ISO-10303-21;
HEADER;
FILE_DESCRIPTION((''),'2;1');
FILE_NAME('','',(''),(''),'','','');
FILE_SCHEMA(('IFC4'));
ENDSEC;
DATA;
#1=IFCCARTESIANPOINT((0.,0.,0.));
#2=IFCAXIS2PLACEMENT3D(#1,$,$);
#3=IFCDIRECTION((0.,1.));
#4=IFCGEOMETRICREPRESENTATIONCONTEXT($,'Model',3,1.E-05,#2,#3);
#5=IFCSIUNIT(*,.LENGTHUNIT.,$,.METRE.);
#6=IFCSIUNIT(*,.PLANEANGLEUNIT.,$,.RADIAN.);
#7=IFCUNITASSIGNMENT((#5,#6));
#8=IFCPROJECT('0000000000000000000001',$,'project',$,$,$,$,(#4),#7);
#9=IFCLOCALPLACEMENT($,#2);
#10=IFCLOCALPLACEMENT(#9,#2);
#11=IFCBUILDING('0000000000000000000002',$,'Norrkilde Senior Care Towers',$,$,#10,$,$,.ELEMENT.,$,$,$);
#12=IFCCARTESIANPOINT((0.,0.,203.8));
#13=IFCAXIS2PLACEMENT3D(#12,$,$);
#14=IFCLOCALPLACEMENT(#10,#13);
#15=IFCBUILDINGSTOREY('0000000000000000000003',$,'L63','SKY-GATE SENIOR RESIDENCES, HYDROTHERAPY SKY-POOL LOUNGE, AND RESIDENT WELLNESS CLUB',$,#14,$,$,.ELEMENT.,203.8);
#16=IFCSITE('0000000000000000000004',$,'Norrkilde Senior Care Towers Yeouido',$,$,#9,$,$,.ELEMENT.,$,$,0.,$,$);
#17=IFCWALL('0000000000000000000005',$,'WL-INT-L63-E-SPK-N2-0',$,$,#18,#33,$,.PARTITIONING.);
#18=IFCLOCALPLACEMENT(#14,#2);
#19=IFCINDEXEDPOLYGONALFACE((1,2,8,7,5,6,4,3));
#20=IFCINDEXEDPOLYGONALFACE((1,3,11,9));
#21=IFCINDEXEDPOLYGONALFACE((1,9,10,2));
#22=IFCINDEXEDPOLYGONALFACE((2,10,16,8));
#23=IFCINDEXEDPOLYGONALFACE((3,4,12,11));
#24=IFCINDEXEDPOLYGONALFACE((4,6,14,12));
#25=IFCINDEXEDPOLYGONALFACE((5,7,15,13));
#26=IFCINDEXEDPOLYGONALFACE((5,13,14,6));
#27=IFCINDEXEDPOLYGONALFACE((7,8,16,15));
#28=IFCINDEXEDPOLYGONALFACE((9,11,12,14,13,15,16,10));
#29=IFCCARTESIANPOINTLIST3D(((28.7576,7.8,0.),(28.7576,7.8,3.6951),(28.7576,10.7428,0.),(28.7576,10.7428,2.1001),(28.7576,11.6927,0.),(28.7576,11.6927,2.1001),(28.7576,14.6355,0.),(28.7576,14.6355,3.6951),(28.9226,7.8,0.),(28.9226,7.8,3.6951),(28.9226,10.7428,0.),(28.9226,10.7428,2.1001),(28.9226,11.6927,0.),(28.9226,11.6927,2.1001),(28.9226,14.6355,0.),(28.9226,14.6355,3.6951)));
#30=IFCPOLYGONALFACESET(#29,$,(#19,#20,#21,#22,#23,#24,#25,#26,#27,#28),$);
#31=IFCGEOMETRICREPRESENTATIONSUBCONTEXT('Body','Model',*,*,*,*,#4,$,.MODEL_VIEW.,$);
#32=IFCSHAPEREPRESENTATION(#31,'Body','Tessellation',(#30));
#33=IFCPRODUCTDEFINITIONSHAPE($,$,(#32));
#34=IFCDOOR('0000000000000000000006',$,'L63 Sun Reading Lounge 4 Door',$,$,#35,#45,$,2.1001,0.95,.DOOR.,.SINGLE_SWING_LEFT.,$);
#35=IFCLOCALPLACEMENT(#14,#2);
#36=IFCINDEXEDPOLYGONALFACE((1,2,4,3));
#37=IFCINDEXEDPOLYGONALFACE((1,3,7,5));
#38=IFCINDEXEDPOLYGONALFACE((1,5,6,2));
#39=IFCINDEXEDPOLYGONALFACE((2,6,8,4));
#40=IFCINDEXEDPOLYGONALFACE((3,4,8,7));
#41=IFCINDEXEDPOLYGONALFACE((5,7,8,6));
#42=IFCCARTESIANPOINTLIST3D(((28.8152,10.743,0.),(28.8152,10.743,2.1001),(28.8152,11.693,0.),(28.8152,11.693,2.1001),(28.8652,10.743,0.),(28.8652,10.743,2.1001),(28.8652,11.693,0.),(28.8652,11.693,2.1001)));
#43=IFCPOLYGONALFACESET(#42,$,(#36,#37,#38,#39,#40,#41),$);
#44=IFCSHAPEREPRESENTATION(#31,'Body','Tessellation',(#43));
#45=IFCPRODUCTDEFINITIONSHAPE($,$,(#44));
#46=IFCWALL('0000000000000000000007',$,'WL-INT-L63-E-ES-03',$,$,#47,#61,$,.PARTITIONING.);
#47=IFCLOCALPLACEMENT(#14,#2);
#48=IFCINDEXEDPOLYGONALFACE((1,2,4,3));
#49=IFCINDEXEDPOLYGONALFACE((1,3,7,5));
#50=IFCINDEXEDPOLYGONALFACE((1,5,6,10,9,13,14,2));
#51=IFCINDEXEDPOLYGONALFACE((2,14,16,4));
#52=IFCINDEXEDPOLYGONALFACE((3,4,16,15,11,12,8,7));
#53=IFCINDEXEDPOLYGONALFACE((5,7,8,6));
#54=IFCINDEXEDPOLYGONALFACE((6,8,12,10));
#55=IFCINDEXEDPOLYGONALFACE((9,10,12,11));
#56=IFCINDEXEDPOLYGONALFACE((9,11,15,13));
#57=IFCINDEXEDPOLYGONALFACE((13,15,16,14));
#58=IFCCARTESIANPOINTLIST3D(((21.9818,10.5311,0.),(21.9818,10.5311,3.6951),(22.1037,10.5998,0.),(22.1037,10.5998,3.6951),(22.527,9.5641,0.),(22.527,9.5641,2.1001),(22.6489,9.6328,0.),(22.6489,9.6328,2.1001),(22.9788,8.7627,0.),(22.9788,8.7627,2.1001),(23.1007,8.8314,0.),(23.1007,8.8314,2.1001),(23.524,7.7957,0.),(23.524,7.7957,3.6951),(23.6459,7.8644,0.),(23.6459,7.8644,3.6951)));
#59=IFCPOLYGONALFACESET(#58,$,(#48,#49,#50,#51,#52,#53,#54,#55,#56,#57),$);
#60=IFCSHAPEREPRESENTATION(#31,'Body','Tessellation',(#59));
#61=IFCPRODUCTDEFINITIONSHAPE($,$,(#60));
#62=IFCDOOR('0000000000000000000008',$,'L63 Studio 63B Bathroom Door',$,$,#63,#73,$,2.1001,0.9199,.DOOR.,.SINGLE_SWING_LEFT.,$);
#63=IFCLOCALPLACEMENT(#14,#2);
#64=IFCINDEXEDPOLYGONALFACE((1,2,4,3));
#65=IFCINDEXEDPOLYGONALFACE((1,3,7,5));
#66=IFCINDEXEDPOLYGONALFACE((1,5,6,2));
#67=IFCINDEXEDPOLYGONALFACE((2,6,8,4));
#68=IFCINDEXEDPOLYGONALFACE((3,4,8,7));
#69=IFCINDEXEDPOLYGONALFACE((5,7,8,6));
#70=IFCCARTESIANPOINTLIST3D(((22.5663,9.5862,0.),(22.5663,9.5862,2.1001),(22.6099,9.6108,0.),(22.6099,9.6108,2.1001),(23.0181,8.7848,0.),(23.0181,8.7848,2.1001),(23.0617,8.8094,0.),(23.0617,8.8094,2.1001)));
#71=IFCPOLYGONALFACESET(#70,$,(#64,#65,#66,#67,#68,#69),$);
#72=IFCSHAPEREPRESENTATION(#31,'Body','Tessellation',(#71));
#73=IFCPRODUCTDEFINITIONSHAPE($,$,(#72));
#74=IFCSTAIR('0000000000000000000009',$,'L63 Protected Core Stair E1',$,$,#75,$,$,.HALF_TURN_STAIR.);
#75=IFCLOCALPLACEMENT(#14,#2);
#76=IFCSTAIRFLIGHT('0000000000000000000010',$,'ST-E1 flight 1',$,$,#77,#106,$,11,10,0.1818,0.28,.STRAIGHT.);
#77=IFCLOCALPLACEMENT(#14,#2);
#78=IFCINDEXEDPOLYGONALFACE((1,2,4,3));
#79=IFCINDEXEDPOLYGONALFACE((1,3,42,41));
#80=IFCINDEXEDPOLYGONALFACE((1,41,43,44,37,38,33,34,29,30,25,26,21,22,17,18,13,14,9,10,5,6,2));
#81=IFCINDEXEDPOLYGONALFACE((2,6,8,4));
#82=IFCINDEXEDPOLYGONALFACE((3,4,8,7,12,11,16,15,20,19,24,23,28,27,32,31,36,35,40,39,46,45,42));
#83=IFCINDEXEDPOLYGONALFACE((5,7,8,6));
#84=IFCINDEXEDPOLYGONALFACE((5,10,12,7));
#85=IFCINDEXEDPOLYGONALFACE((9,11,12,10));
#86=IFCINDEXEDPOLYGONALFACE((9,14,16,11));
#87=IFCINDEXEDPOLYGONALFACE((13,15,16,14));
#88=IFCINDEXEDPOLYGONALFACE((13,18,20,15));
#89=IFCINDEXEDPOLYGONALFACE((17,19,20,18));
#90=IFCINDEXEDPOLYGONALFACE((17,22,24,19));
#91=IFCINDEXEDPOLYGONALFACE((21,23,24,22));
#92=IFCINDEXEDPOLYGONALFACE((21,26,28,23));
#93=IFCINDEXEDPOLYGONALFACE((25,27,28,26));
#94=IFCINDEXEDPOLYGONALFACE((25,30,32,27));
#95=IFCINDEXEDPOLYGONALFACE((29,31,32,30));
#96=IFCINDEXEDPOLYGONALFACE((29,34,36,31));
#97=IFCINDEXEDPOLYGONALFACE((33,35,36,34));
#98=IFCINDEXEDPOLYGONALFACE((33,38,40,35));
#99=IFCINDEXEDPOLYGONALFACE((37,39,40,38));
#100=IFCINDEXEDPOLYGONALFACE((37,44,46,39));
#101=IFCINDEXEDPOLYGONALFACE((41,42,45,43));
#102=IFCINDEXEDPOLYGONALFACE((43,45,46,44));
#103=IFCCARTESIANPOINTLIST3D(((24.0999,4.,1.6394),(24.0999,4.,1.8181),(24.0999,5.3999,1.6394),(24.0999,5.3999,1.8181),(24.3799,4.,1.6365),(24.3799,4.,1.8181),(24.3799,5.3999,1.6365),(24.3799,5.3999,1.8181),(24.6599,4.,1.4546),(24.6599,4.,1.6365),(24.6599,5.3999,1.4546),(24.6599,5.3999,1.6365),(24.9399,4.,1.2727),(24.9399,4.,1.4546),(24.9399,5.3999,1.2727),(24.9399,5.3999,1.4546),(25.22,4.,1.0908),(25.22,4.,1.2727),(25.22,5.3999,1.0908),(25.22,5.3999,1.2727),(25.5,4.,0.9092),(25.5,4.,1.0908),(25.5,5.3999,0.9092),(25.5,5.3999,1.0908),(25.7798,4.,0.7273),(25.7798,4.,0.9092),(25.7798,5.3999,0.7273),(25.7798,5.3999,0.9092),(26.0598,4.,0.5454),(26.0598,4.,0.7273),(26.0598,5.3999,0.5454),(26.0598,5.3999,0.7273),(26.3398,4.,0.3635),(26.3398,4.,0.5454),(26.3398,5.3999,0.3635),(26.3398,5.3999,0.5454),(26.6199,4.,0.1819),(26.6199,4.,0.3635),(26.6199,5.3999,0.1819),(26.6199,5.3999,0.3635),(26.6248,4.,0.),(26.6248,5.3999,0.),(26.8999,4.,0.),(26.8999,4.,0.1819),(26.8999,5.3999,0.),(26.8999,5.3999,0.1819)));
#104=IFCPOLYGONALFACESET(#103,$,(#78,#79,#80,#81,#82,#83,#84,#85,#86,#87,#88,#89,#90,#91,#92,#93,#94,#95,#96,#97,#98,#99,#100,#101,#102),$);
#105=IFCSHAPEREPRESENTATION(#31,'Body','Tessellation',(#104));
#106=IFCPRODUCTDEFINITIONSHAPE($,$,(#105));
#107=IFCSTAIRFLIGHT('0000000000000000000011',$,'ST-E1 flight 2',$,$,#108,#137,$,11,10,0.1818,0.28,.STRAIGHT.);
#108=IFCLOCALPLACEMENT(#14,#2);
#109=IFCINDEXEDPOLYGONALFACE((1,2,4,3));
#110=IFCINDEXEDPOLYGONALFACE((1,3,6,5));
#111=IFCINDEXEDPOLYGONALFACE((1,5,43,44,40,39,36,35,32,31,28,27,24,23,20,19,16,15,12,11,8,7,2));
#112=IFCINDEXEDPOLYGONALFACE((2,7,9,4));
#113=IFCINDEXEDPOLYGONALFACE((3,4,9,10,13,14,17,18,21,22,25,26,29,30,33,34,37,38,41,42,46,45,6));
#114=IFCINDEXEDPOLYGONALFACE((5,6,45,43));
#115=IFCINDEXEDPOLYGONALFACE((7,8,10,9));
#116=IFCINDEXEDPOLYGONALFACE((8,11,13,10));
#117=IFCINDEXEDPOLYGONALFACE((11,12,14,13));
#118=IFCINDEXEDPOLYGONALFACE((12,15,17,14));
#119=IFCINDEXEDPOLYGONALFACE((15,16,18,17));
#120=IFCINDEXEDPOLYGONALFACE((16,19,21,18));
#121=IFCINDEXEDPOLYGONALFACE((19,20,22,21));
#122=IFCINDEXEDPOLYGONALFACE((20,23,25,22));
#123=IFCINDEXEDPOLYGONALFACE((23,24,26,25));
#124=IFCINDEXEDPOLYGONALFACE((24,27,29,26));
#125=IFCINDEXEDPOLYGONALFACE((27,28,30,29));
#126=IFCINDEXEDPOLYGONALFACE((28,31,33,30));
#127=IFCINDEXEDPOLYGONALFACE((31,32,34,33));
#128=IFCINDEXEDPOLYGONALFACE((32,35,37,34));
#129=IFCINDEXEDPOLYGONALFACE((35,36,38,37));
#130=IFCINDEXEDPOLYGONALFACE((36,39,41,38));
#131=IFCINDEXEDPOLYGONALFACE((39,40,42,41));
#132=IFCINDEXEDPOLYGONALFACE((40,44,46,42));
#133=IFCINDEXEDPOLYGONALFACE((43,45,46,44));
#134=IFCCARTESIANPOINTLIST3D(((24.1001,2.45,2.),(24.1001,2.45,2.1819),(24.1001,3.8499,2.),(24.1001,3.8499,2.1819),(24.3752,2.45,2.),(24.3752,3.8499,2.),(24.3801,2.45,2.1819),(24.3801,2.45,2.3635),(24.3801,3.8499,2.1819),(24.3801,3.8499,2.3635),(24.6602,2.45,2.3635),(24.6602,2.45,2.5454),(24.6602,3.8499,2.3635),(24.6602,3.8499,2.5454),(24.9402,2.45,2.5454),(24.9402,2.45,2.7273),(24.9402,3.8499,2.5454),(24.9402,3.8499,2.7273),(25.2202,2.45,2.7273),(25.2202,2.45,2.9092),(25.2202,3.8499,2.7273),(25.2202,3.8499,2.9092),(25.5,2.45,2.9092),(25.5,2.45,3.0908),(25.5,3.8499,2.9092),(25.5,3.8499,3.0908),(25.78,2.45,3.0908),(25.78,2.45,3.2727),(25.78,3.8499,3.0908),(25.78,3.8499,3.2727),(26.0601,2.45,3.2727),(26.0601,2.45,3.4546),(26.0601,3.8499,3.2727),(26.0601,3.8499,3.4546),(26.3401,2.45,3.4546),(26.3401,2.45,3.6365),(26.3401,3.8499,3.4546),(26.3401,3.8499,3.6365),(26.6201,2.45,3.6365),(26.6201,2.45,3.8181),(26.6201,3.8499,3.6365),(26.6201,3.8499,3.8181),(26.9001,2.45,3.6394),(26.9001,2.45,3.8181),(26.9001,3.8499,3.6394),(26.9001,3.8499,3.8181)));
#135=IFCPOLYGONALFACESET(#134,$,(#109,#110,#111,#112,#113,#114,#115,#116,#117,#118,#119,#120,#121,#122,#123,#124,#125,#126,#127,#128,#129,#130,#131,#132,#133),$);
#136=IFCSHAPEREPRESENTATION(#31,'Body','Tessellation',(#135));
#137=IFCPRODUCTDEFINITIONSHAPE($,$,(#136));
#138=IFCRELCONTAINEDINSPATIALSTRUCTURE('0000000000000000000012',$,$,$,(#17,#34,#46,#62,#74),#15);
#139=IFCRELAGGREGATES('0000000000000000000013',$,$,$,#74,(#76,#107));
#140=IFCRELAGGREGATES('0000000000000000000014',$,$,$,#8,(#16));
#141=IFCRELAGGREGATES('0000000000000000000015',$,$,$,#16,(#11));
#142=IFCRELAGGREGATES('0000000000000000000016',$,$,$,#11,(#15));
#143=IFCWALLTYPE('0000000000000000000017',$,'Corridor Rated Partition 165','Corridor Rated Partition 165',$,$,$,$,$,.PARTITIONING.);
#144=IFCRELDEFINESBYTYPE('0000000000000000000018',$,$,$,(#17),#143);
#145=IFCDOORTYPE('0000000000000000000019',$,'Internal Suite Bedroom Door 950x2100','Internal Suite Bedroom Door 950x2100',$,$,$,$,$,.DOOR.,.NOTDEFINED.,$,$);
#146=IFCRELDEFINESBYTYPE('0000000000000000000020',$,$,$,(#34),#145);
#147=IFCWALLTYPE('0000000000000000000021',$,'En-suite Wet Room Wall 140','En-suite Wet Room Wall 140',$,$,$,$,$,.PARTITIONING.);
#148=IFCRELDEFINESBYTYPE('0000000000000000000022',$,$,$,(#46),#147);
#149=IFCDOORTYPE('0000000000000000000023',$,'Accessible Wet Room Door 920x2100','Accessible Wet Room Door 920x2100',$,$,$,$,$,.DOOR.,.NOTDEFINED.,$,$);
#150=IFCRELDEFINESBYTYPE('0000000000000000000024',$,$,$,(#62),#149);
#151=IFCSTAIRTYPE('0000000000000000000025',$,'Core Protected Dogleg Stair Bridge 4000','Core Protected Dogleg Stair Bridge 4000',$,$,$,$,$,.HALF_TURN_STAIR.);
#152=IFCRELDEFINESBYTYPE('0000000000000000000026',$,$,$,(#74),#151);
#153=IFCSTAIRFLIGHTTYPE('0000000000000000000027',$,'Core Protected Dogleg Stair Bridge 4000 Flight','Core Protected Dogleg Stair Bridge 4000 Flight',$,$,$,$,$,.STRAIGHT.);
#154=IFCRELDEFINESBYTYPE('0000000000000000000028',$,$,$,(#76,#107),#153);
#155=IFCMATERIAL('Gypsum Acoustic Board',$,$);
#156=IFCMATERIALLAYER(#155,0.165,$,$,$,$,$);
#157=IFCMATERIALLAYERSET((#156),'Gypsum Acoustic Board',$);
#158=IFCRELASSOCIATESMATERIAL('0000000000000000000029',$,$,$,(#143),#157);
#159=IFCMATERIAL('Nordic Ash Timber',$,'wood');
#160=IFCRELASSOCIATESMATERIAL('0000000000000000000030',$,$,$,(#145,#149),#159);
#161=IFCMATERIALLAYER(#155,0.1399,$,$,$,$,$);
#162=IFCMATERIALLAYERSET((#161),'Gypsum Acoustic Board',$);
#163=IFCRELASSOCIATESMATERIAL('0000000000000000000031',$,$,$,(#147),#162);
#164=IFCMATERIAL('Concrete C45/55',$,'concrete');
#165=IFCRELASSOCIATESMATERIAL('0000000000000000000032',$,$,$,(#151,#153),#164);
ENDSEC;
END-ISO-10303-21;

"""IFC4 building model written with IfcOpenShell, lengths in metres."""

from ifc_helpers import new_model, si_unit, direction, frame, frame_2d, origin, place, context, subcontext, project, spatial, polyline, rectangle, outline, extrude, source, transform, mapped, material, layer, layer_set, type_object, type_shapes, element, fill, aggregate, save


model = new_model("IFC4")

# Units and contexts
model_context = context("Model", 3, precision=1e-05, world=origin(), true_north=direction((0.0, 1.0)))
body_context = subcontext(model_context, "Body", "Model", "MODEL_VIEW")
ifc_project = project(units=[si_unit("LENGTHUNIT", "METRE"), si_unit("PLANEANGLEUNIT", "RADIAN")], contexts=[model_context])

# Site, building, storey
site_placement = place(None, origin())
site = spatial("IfcSite", under=ifc_project, at=site_placement, Name="Norrkilde Senior Care Towers Yeouido", CompositionType="ELEMENT", RefElevation=0.0)
building_placement = place(site_placement, origin())
building = spatial("IfcBuilding", under=site, at=building_placement, Name="Norrkilde Senior Care Towers", CompositionType="ELEMENT")
storey_placement = place(building_placement, frame((0.0, 0.0, 203.8)))
storey = spatial("IfcBuildingStorey", under=building, at=storey_placement, Name="L63", Description="SKY-GATE SENIOR RESIDENCES, HYDROTHERAPY SKY-POOL LOUNGE, AND RESIDENT WELLNESS CLUB", CompositionType="ELEMENT", Elevation=203.8)

# Shared definitions
ifc_material_1 = material(Name="Concrete C45/55", Category="concrete")

# Shared definitions
ifc_material_2 = material(Name="Gypsum Acoustic Board")
ifc_layer_1 = layer(ifc_material_2, 0.165)
ifc_layer_set_1 = layer_set([ifc_layer_1], Name="Gypsum Acoustic Board")
wall_type_1 = type_object("IfcWallType", Name="Corridor Rated Partition 165", Description="Corridor Rated Partition 165", PredefinedType="PARTITIONING", material=ifc_layer_set_1)
ifc_material_3 = material(Name="Nordic Ash Timber", Category="wood")

# Walls, openings, doors
shared_shape_1 = source(origin(), body_context, "Body", "SweptSolid", [
    extrude(rectangle(XDim=6.8354, YDim=0.165, at=frame_2d((3.4177, 0.0))), origin(), (0.0, 0.0, 1.0), 3.6951),
])
door_type_1 = type_object("IfcDoorType", Name="Internal Suite Bedroom Door 950x2100", Description="Internal Suite Bedroom Door 950x2100", OperationType="NOTDEFINED", PredefinedType="DOOR", material=ifc_material_3)
shared_shape_2 = source(origin(), body_context, "Body", "SweptSolid", [
    extrude(rectangle(XDim=0.95, YDim=2.1001, at=frame_2d((0.4751, 1.05))), frame((0.0, 0.0249, 0.0), z_axis=(0.0, -1.0, 0.0), x_axis=(1.0, 0.0, 0.0)), (0.0, 0.0, 1.0), 0.05),
])
type_shapes(door_type_1, [shared_shape_2])
wall_1_placement = place(storey_placement, frame((28.8401, 14.6355, 0.0), z_axis=(0.0, 0.0, 1.0), x_axis=(0.0, -1.0, 0.0)))
wall_1 = element("IfcWall", 1, at=wall_1_placement, inside=storey, type_object=wall_type_1, Name="WL-INT-L63-E-SPK-N2-0", PredefinedType="PARTITIONING", context=body_context, shape_type="MappedRepresentation", body=[
    mapped(shared_shape_1, transform((0.0, 0.0, 0.0), x_axis=(1.0, 0.0, 0.0), y_axis=(0.0, 1.0, 0.0), z_axis=(0.0, 0.0, 1.0), scale=1.0)),
])
opening_1_placement = place(wall_1_placement, frame((2.9426, 0.0, 0.0)))
opening_1 = element("IfcOpeningElement", 2, at=opening_1_placement, cuts=wall_1, PredefinedType="OPENING", context=body_context, shape_type="SweptSolid", body=[
    extrude(rectangle(XDim=0.95, YDim=2.1001, at=frame_2d((0.4751, 1.05))), frame((0.0, 0.0925, 0.0), z_axis=(0.0, -1.0, 0.0), x_axis=(1.0, 0.0, 0.0)), (0.0, 0.0, 1.0), 0.1851),
])
door_1_placement = place(opening_1_placement, frame((0.95, 0.0, 0.0), z_axis=(0.0, 0.0, 1.0), x_axis=(-1.0, 0.0, 0.0)))
door_1 = element("IfcDoor", 3, at=door_1_placement, inside=storey, type_object=door_type_1, Name="L63 Sun Reading Lounge 4 Door", OperationType="SINGLE_SWING_LEFT", OverallHeight=2.1001, OverallWidth=0.95, PredefinedType="DOOR", context=body_context, shape_type="MappedRepresentation", body=[
    mapped(shared_shape_2, transform((0.0, 0.0, 0.0), x_axis=(1.0, 0.0, 0.0), y_axis=(0.0, 1.0, 0.0), z_axis=(0.0, 0.0, 1.0), scale=1.0)),
])
fill(opening_1, door_1)
ifc_layer_2 = layer(ifc_material_2, 0.1399)
ifc_layer_set_2 = layer_set([ifc_layer_2], Name="Gypsum Acoustic Board")
wall_type_2 = type_object("IfcWallType", Name="En-suite Wet Room Wall 140", Description="En-suite Wet Room Wall 140", PredefinedType="PARTITIONING", material=ifc_layer_set_2)
shared_shape_3 = source(origin(), body_context, "Body", "SweptSolid", [
    extrude(rectangle(XDim=3.1401, YDim=0.1399, at=frame_2d((1.5701, 0.0))), origin(), (0.0, 0.0, 1.0), 3.6951),
])
type_shapes(wall_type_2, [shared_shape_3])
wall_2_placement = place(storey_placement, frame((23.585, 7.8301, 0.0), z_axis=(0.0, 0.0, 1.0), x_axis=(-0.491132, 0.871085, 0.0)))
wall_2 = element("IfcWall", 4, at=wall_2_placement, inside=storey, type_object=wall_type_2, Name="WL-INT-L63-E-ES-03", PredefinedType="PARTITIONING", context=body_context, shape_type="MappedRepresentation", body=[
    mapped(shared_shape_3, transform((0.0, 0.0, 0.0), x_axis=(1.0, 0.0, 0.0), y_axis=(0.0, 1.0, 0.0), z_axis=(0.0, 0.0, 1.0), scale=1.0)),
])
opening_2_placement = place(wall_2_placement, frame((1.1101, 0.0, 0.0)))
opening_2 = element("IfcOpeningElement", 5, at=opening_2_placement, cuts=wall_2, PredefinedType="OPENING", context=body_context, shape_type="SweptSolid", body=[
    extrude(rectangle(XDim=0.9199, YDim=2.1001, at=frame_2d((0.46, 1.05))), frame((0.0, 0.0798, 0.0), z_axis=(0.0, -1.0, 0.0), x_axis=(1.0, 0.0, 0.0)), (0.0, 0.0, 1.0), 0.1599),
])
door_type_2 = type_object("IfcDoorType", Name="Accessible Wet Room Door 920x2100", Description="Accessible Wet Room Door 920x2100", OperationType="NOTDEFINED", PredefinedType="DOOR", material=ifc_material_3)
shared_shape_4 = source(origin(), body_context, "Body", "SweptSolid", [
    extrude(rectangle(XDim=0.9199, YDim=2.1001, at=frame_2d((0.46, 1.05))), frame((0.0, 0.0249, 0.0), z_axis=(0.0, -1.0, 0.0), x_axis=(1.0, 0.0, 0.0)), (0.0, 0.0, 1.0), 0.05),
])
type_shapes(door_type_2, [shared_shape_4])
door_2_placement = place(opening_2_placement, origin())
door_2 = element("IfcDoor", 6, at=door_2_placement, inside=storey, type_object=door_type_2, Name="L63 Studio 63B Bathroom Door", OperationType="SINGLE_SWING_LEFT", OverallHeight=2.1001, OverallWidth=0.9199, PredefinedType="DOOR", context=body_context, shape_type="MappedRepresentation", body=[
    mapped(shared_shape_4, transform((0.0, 0.0, 0.0), x_axis=(1.0, 0.0, 0.0), y_axis=(0.0, 1.0, 0.0), z_axis=(0.0, 0.0, 1.0), scale=1.0)),
])
fill(opening_2, door_2)

# Stair, stair flights
stair_type = type_object("IfcStairType", Name="Core Protected Dogleg Stair Bridge 4000", Description="Core Protected Dogleg Stair Bridge 4000", PredefinedType="HALF_TURN_STAIR", material=ifc_material_1)
stair_placement = place(storey_placement, origin())
stair = element("IfcStair", 7, at=stair_placement, inside=storey, type_object=stair_type, Name="L63 Protected Core Stair E1", PredefinedType="HALF_TURN_STAIR")
stair_flight_type = type_object("IfcStairFlightType", Name="Core Protected Dogleg Stair Bridge 4000 Flight", Description="Core Protected Dogleg Stair Bridge 4000 Flight", PredefinedType="STRAIGHT", material=ifc_material_1)
stair_flight_1_placement = place(storey_placement, frame((26.8999, 4.7, 0.0), z_axis=(0.0, 0.0, 1.0), x_axis=(-1.0, 0.0, 0.0)))
stair_flight_1 = element("IfcStairFlight", 8, at=stair_flight_1_placement, type_object=stair_flight_type, Name="ST-E1 flight 1", NumberOfRisers=11, NumberOfTreads=10, PredefinedType="STRAIGHT", RiserHeight=0.1818, TreadLength=0.28, context=body_context, shape_type="SweptSolid", body=[
    extrude(outline(polyline([(0.0, 0.0), (0.0, 0.1819), (0.28, 0.1819), (0.28, 0.3635), (0.5601, 0.3635), (0.5601, 0.5454), (0.8401, 0.5454), (0.8401, 0.7273), (1.1201, 0.7273), (1.1201, 0.9092), (1.3999, 0.9092), (1.3999, 1.0908), (1.6799, 1.0908), (1.6799, 1.2727), (1.96, 1.2727), (1.96, 1.4546), (2.24, 1.4546), (2.24, 1.6365), (2.52, 1.6365), (2.52, 1.8181), (2.8, 1.8181), (2.8, 2.0), (2.8, 1.6394), (0.2751, 0.0), (0.0, 0.0)])), frame((0.0, 0.7, 0.0), z_axis=(0.0, -1.0, 0.0), x_axis=(1.0, 0.0, 0.0)), (0.0, 0.0, 1.0), 1.3999),
])
stair_flight_2_placement = place(storey_placement, frame((24.1001, 3.1499, 2.0), z_axis=(0.0, 0.0, 1.0), x_axis=(1.0, 0.0, 0.0)))
stair_flight_2 = element("IfcStairFlight", 9, at=stair_flight_2_placement, type_object=stair_flight_type, Name="ST-E1 flight 2", NumberOfRisers=11, NumberOfTreads=10, PredefinedType="STRAIGHT", RiserHeight=0.1818, TreadLength=0.28, context=body_context, shape_type="SweptSolid", body=[
    extrude(outline(polyline([(0.0, 0.0), (0.0, 0.1819), (0.28, 0.1819), (0.28, 0.3635), (0.5601, 0.3635), (0.5601, 0.5454), (0.8401, 0.5454), (0.8401, 0.7273), (1.1201, 0.7273), (1.1201, 0.9092), (1.3999, 0.9092), (1.3999, 1.0908), (1.6799, 1.0908), (1.6799, 1.2727), (1.96, 1.2727), (1.96, 1.4546), (2.24, 1.4546), (2.24, 1.6365), (2.52, 1.6365), (2.52, 1.8181), (2.8, 1.8181), (2.8, 2.0), (2.8, 1.6394), (0.2751, 0.0), (0.0, 0.0)])), frame((0.0, 0.7, 0.0), z_axis=(0.0, -1.0, 0.0), x_axis=(1.0, 0.0, 0.0)), (0.0, 0.0, 1.0), 1.3999),
])
aggregate(stair, [stair_flight_1, stair_flight_2])

save(model, "model.ifc")
